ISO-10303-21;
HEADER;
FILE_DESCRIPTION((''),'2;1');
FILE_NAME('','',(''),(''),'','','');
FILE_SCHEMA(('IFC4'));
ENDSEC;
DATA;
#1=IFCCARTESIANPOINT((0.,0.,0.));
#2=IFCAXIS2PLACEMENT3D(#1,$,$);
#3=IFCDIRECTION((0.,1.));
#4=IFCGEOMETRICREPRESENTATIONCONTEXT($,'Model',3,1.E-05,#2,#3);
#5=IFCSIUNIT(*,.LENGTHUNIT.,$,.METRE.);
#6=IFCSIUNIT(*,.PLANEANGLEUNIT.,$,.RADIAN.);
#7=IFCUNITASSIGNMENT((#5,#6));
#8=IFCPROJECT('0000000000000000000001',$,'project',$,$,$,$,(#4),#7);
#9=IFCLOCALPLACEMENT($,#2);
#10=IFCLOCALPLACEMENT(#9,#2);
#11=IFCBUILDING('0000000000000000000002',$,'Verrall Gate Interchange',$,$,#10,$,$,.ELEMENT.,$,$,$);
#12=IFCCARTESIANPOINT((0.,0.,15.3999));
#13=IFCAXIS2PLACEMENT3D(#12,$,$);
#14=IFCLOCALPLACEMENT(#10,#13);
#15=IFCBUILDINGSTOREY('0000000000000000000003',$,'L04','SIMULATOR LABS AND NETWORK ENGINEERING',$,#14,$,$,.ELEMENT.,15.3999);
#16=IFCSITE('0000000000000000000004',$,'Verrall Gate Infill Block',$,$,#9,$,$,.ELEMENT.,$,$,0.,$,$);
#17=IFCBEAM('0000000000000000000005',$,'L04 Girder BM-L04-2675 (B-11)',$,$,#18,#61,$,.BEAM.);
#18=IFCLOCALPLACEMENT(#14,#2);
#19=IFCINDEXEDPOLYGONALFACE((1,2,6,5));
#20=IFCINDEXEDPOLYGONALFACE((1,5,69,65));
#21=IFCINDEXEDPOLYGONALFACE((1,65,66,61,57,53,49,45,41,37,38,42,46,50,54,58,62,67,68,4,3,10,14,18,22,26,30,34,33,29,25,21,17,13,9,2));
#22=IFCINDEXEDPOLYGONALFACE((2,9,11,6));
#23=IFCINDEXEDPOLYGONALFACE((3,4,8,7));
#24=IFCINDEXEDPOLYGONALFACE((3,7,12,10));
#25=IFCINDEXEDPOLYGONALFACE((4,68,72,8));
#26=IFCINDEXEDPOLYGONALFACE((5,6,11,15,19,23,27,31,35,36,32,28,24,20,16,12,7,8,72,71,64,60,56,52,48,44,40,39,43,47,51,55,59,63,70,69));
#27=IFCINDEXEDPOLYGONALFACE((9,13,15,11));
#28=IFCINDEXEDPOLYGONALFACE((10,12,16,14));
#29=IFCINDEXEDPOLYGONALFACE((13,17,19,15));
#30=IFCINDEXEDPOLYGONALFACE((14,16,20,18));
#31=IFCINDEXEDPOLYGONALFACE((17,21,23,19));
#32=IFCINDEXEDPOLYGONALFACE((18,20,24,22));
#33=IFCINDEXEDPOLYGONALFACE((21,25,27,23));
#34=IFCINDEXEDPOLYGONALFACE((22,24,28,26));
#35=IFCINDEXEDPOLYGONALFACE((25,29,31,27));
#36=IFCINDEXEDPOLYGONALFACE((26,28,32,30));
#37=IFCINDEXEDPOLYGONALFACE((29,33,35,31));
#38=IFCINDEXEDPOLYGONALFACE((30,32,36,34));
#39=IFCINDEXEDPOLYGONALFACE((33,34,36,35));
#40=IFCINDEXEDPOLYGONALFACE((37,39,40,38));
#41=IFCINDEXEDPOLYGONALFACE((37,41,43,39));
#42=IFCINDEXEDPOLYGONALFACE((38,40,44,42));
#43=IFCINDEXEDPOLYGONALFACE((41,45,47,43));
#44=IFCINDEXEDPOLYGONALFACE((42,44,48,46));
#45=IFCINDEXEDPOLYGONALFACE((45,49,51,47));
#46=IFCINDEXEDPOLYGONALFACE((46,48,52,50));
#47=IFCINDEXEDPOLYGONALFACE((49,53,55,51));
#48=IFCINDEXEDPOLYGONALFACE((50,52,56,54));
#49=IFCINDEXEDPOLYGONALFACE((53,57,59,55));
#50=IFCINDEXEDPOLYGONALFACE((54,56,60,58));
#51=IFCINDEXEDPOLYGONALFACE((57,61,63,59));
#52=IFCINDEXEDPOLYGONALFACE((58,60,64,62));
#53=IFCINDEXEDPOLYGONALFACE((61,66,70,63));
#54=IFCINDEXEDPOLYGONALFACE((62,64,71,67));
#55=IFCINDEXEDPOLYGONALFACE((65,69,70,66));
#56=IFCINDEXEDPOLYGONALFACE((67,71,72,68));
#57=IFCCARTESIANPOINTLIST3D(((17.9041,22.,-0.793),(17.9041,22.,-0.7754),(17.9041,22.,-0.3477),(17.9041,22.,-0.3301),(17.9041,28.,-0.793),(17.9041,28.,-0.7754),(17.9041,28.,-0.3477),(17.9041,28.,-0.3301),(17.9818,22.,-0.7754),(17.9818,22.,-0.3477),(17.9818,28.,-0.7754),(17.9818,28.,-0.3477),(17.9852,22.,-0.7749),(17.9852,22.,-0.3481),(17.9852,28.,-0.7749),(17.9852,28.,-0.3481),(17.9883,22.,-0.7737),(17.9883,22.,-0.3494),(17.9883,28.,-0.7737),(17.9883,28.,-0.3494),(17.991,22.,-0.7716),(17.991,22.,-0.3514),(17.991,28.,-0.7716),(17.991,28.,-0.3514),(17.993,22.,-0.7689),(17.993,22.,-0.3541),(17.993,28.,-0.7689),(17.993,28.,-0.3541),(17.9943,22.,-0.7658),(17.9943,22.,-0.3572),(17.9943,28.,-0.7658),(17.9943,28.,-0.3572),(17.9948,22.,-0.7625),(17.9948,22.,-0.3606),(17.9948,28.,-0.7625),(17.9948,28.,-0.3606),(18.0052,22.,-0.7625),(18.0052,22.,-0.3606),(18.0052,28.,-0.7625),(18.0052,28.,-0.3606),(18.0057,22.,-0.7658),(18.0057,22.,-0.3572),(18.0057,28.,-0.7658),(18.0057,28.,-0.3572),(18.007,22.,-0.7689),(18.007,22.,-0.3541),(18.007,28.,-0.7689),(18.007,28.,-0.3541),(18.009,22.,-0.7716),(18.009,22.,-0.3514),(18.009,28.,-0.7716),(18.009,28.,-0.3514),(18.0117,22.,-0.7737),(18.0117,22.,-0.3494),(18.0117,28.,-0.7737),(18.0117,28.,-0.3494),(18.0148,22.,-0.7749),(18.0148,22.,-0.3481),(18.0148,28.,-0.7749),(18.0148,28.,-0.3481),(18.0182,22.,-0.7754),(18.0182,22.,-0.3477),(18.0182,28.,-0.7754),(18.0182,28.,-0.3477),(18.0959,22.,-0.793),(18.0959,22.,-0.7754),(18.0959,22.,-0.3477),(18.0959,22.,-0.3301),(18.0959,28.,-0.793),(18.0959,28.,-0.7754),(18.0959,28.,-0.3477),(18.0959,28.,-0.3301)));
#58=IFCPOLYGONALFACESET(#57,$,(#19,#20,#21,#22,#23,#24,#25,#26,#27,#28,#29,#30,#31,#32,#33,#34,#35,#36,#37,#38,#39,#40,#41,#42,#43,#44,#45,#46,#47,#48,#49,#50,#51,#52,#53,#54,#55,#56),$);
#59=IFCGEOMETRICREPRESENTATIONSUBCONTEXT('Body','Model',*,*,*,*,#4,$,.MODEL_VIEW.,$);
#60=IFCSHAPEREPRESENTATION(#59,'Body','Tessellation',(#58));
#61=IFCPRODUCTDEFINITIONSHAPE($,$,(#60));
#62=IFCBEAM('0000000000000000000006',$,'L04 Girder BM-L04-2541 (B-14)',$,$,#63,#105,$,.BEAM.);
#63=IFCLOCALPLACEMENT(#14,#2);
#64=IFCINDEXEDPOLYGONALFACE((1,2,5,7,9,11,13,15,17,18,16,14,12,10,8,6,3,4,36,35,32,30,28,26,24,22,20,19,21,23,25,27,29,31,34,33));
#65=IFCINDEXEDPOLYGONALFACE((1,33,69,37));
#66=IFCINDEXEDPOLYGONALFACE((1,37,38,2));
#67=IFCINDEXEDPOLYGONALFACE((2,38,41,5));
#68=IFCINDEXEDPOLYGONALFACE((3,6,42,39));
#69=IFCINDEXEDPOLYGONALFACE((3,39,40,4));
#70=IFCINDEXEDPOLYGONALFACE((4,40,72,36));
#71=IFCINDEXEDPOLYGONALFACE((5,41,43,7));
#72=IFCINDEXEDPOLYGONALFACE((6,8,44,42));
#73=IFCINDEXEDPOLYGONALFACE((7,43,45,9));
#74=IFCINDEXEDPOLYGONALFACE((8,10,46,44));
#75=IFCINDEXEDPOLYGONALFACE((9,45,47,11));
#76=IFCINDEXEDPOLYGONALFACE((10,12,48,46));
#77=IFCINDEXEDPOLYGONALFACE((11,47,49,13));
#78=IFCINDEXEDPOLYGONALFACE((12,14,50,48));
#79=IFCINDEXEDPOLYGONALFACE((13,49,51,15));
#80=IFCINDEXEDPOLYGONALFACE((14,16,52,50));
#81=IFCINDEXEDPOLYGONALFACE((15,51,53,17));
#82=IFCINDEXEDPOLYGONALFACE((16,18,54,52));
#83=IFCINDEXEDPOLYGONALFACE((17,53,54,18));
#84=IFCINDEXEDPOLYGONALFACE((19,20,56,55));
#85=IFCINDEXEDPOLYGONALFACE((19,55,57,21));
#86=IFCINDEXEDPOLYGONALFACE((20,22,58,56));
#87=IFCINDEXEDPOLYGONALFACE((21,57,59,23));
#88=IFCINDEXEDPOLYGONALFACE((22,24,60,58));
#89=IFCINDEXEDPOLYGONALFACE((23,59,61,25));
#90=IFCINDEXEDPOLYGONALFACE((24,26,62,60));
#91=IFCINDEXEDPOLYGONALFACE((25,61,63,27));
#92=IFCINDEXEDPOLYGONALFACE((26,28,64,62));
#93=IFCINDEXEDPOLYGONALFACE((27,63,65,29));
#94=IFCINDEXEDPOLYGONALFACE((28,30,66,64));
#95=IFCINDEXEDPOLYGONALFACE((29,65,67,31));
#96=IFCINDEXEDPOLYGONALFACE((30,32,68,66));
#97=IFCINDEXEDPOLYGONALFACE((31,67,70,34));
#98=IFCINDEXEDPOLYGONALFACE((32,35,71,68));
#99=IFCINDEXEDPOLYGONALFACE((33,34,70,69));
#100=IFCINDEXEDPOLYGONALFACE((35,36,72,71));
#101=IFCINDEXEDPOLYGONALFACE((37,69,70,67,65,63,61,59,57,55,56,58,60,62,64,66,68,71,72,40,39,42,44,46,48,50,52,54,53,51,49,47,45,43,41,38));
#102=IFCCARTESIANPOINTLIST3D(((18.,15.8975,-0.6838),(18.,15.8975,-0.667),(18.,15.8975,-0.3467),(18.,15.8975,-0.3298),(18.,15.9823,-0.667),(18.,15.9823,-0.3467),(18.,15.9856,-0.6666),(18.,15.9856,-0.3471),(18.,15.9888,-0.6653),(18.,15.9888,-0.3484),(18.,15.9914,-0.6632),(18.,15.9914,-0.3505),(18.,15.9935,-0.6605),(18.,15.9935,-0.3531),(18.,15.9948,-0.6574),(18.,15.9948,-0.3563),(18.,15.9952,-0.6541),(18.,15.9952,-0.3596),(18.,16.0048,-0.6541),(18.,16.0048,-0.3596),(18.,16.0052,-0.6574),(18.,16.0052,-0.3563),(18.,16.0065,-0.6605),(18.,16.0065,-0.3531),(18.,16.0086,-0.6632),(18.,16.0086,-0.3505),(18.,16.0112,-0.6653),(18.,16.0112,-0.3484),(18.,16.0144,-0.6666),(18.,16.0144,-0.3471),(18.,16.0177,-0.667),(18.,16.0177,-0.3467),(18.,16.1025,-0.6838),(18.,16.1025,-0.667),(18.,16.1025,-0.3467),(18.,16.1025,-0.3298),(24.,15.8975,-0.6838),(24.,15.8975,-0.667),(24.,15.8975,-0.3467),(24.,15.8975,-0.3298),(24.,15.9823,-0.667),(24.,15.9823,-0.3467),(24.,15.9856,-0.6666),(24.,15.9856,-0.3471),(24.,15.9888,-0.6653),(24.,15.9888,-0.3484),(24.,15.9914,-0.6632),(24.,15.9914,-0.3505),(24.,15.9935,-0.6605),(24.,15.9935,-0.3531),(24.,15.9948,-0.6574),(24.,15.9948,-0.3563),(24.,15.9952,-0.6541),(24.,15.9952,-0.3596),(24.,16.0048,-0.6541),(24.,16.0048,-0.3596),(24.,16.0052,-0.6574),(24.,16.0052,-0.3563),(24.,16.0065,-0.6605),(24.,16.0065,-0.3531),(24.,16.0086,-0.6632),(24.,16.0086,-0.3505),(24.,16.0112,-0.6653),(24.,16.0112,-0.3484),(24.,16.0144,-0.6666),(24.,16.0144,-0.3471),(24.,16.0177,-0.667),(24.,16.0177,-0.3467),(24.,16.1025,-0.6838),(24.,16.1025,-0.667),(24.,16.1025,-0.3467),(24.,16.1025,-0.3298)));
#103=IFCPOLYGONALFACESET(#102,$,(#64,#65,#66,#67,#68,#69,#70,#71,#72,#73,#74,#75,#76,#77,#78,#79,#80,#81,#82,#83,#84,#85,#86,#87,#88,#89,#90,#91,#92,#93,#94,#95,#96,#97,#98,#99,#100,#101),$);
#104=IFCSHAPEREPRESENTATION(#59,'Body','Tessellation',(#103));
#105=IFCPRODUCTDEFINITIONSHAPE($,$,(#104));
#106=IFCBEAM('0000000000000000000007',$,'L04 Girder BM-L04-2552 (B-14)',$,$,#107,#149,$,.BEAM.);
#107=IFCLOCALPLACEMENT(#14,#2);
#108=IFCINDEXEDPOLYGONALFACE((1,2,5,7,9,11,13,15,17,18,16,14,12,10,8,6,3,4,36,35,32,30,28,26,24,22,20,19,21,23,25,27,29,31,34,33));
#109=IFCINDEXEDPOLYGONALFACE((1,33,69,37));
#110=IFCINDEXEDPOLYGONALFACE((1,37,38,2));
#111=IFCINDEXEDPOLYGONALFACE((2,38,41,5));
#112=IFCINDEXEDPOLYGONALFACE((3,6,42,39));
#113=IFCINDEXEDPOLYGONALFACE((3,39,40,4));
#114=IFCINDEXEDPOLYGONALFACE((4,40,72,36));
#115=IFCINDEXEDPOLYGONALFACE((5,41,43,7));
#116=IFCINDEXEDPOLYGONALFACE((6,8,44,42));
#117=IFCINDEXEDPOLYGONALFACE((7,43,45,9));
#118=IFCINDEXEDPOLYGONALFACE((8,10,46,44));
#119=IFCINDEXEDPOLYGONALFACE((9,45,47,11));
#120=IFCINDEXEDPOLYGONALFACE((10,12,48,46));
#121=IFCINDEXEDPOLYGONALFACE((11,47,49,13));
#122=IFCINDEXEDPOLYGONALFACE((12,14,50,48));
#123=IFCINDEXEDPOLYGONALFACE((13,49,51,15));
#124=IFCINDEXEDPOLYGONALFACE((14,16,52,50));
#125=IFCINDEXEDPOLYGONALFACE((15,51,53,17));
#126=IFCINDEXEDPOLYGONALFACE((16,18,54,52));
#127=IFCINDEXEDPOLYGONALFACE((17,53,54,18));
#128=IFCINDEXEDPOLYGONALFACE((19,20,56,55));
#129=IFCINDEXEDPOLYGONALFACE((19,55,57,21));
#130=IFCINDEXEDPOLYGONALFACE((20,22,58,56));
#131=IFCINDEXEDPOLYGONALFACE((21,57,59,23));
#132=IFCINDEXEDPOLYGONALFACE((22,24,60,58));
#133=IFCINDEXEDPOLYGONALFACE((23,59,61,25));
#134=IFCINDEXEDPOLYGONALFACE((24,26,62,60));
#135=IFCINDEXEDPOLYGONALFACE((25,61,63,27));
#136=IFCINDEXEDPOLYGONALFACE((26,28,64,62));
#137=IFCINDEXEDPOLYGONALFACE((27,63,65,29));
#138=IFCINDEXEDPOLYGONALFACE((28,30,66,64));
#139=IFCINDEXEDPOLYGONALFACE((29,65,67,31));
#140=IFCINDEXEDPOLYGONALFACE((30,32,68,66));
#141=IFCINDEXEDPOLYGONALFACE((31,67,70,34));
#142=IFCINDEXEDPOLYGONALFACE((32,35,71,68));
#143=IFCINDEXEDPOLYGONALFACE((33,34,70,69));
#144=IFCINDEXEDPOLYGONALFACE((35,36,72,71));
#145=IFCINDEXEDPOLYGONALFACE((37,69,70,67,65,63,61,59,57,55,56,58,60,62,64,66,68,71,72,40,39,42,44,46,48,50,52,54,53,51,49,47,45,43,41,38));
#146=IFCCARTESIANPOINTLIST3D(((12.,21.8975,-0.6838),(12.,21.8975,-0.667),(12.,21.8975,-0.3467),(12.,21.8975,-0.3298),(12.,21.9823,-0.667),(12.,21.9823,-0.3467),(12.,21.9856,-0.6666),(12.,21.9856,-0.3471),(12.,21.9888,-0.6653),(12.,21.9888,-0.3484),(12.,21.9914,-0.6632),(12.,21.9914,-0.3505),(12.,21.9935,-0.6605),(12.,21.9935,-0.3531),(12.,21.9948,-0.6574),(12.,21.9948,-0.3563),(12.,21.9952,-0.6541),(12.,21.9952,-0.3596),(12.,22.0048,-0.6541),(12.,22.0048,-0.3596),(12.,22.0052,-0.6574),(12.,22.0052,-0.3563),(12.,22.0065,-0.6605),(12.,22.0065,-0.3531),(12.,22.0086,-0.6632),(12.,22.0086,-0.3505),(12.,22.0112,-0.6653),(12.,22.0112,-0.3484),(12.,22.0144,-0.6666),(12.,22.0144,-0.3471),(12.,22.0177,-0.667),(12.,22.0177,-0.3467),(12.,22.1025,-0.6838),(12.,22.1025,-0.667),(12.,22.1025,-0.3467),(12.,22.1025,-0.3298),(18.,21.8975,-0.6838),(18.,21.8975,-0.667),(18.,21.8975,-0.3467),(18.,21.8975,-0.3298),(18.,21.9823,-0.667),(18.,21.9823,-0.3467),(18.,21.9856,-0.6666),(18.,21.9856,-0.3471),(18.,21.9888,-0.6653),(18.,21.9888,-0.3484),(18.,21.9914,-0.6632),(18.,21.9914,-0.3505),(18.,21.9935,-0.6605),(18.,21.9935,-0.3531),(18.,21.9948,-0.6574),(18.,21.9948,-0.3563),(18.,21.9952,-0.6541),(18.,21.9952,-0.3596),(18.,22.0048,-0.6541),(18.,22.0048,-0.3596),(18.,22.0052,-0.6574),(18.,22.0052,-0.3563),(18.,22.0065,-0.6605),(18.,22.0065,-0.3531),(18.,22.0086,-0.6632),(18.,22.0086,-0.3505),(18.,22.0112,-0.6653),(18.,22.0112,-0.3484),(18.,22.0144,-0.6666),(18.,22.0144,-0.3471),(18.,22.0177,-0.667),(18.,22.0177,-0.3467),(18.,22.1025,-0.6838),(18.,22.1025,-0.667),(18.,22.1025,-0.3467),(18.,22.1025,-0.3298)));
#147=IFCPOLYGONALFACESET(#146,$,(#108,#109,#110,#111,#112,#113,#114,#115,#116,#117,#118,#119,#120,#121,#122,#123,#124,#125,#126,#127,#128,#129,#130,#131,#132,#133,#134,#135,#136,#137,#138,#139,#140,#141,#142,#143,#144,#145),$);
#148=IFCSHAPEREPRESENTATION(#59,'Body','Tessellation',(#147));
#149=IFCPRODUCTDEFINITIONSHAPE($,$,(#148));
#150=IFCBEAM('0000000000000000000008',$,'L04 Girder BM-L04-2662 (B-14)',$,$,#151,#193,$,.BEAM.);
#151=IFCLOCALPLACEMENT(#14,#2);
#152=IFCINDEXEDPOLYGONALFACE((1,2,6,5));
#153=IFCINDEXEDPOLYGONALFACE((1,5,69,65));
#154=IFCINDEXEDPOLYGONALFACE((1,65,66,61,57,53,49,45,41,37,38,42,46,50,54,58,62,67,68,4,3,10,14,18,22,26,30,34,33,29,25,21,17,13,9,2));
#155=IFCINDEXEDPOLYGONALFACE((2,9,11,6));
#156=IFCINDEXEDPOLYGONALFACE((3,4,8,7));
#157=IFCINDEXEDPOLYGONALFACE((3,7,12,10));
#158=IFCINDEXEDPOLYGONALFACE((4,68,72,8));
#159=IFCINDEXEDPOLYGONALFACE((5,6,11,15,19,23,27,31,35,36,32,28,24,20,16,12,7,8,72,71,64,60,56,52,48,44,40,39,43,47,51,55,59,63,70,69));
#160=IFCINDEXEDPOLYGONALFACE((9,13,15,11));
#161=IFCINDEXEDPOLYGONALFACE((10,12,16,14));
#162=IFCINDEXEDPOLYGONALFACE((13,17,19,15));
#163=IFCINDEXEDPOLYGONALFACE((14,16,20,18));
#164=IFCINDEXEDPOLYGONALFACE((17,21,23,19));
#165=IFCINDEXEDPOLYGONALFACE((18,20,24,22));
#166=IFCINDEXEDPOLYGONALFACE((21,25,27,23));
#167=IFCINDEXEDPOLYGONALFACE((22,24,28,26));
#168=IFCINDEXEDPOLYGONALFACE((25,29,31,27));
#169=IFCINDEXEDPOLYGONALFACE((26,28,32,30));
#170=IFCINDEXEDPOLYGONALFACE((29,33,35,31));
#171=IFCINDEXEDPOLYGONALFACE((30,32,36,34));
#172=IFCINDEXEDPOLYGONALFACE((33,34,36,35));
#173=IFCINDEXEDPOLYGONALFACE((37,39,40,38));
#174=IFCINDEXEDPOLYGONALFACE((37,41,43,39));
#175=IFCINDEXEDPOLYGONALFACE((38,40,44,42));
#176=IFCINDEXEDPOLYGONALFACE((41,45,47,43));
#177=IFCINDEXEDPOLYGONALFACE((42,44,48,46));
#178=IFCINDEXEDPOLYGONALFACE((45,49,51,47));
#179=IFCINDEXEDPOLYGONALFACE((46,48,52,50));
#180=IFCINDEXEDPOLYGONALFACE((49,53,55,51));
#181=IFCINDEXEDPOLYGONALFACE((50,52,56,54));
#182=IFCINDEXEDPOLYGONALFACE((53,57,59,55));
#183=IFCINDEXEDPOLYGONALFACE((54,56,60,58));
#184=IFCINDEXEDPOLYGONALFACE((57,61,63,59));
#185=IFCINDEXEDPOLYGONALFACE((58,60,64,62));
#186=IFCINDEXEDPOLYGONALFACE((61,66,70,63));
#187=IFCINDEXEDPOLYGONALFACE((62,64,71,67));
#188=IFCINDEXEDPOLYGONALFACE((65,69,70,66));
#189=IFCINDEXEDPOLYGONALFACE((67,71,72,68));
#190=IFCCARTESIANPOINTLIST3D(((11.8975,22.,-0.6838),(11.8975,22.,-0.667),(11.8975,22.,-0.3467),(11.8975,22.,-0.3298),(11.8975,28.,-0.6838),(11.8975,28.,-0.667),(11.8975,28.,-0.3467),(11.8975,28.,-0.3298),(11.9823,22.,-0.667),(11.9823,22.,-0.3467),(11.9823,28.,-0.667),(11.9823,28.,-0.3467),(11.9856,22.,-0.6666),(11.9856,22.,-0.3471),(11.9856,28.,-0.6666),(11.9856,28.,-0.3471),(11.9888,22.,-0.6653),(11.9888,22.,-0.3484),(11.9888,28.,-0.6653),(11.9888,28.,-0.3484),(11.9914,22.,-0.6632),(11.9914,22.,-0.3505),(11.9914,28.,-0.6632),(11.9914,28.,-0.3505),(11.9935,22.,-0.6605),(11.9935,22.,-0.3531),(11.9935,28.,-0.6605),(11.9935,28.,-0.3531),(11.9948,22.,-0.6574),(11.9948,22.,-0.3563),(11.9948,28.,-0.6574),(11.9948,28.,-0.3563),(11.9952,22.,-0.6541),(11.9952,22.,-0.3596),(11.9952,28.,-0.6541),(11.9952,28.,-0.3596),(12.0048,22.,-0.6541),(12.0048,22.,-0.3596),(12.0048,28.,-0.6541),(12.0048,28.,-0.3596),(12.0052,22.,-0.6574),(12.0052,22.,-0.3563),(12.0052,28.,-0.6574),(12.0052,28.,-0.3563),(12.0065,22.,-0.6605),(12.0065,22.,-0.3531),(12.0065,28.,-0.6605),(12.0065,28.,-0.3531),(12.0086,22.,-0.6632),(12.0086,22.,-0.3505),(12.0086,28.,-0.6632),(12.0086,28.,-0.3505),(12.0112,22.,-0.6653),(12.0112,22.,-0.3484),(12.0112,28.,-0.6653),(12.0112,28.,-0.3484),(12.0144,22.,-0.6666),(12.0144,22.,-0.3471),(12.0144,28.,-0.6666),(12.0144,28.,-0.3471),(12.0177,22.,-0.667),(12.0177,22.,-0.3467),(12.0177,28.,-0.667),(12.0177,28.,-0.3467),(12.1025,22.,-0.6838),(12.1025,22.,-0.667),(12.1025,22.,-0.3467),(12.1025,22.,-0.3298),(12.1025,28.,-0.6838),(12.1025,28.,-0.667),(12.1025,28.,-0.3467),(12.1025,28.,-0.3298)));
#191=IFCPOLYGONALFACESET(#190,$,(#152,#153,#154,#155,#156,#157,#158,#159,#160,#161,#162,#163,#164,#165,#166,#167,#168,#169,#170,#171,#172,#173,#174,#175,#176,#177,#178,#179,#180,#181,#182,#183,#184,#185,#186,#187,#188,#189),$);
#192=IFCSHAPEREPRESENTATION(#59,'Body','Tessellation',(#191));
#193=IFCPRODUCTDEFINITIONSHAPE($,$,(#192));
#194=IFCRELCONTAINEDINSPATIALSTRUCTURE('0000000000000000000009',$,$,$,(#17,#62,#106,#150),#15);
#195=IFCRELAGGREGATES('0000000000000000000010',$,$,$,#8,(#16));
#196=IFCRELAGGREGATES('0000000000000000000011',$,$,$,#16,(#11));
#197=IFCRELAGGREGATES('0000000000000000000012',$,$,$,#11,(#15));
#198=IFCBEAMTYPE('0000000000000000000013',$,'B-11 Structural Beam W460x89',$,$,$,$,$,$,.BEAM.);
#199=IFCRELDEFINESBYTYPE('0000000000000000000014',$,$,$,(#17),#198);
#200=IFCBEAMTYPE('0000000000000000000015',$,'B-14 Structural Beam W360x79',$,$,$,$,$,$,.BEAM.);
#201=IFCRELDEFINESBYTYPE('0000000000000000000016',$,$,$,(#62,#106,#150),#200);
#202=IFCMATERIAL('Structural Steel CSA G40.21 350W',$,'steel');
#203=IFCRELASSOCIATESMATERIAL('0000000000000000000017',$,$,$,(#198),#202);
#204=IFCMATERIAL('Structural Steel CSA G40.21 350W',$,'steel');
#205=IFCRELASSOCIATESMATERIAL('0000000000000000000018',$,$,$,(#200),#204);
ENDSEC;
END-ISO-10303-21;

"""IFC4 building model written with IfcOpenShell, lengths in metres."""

from ifc_helpers import new_model, si_unit, direction, frame, origin, origin_2d, place, context, subcontext, project, spatial, i_section, extrude, material, material_profile, profile_set, type_object, element, save


model = new_model("IFC4")

# Units and contexts
model_context = context("Model", 3, precision=1e-05, world=origin(), true_north=direction((0.0, 1.0)))
body_context = subcontext(model_context, "Body", "Model", "MODEL_VIEW")
ifc_project = project(units=[si_unit("LENGTHUNIT", "METRE"), si_unit("PLANEANGLEUNIT", "RADIAN")], contexts=[model_context])

# Site, building, storey
site_placement = place(None, origin())
site = spatial("IfcSite", under=ifc_project, at=site_placement, Name="Verrall Gate Infill Block", CompositionType="ELEMENT", RefElevation=0.0)
building_placement = place(site_placement, origin())
building = spatial("IfcBuilding", under=site, at=building_placement, Name="Verrall Gate Interchange", CompositionType="ELEMENT")
storey_placement = place(building_placement, frame((0.0, 0.0, 15.3999)))
storey = spatial("IfcBuildingStorey", under=building, at=storey_placement, Name="L04", Description="SIMULATOR LABS AND NETWORK ENGINEERING", CompositionType="ELEMENT", Elevation=15.3999)

# Beams
ifc_material_1 = material(Name="Structural Steel CSA G40.21 350W", Category="steel")
ifc_material_profile_1 = material_profile(ifc_material_1, i_section(OverallWidth=0.1919, OverallDepth=0.4629, WebThickness=0.0105, FlangeThickness=0.0176, FilletRadius=0.0129, at=origin_2d()), Name="W460x89")
ifc_profile_set_1 = profile_set([ifc_material_profile_1], Name="Structural Steel CSA G40.21 350W")
beam_type_1 = type_object("IfcBeamType", Name="B-11 Structural Beam W460x89", PredefinedType="BEAM", material=ifc_profile_set_1)
for number, where, z_axis, x_axis, name in (
    (1, (18.0, 22.0, -0.5615), (0.0, 1.0, 0.0), (-1.0, 0.0, 0.0), "L04 Girder BM-L04-2675 (B-11)"),
):
    element("IfcBeam", number, at=place(storey_placement, frame(where, z_axis=z_axis, x_axis=x_axis)), inside=storey, type_object=beam_type_1, Name=name, PredefinedType="BEAM", context=body_context, shape_type="SweptSolid", body=[
        extrude(i_section(OverallWidth=0.1919, OverallDepth=0.4629, WebThickness=0.0105, FlangeThickness=0.0176, FilletRadius=0.0129, at=origin_2d()), origin(), (0.0, 0.0, 1.0), 6.0),
    ])
ifc_material_2 = material(Name="Structural Steel CSA G40.21 350W", Category="steel")
ifc_material_profile_2 = material_profile(ifc_material_2, i_section(OverallWidth=0.2051, OverallDepth=0.354, WebThickness=0.0095, FlangeThickness=0.0168, FilletRadius=0.0129, at=origin_2d()), Name="W360x79")
ifc_profile_set_2 = profile_set([ifc_material_profile_2], Name="Structural Steel CSA G40.21 350W")
beam_type_2 = type_object("IfcBeamType", Name="B-14 Structural Beam W360x79", PredefinedType="BEAM", material=ifc_profile_set_2)
for number, where, z_axis, x_axis, name in (
    (2, (18.0, 16.0, -0.5068), (1.0, 0.0, 0.0), (0.0, 1.0, 0.0), "L04 Girder BM-L04-2541 (B-14)"),
    (3, (12.0, 22.0, -0.5068), (1.0, 0.0, 0.0), (0.0, 1.0, 0.0), "L04 Girder BM-L04-2552 (B-14)"),
    (4, (12.0, 22.0, -0.5068), (0.0, 1.0, 0.0), (-1.0, 0.0, 0.0), "L04 Girder BM-L04-2662 (B-14)"),
):
    element("IfcBeam", number, at=place(storey_placement, frame(where, z_axis=z_axis, x_axis=x_axis)), inside=storey, type_object=beam_type_2, Name=name, PredefinedType="BEAM", context=body_context, shape_type="SweptSolid", body=[
        extrude(i_section(OverallWidth=0.2051, OverallDepth=0.354, WebThickness=0.0095, FlangeThickness=0.0168, FilletRadius=0.0129, at=origin_2d()), origin(), (0.0, 0.0, 1.0), 6.0),
    ])

save(model, "model.ifc")
